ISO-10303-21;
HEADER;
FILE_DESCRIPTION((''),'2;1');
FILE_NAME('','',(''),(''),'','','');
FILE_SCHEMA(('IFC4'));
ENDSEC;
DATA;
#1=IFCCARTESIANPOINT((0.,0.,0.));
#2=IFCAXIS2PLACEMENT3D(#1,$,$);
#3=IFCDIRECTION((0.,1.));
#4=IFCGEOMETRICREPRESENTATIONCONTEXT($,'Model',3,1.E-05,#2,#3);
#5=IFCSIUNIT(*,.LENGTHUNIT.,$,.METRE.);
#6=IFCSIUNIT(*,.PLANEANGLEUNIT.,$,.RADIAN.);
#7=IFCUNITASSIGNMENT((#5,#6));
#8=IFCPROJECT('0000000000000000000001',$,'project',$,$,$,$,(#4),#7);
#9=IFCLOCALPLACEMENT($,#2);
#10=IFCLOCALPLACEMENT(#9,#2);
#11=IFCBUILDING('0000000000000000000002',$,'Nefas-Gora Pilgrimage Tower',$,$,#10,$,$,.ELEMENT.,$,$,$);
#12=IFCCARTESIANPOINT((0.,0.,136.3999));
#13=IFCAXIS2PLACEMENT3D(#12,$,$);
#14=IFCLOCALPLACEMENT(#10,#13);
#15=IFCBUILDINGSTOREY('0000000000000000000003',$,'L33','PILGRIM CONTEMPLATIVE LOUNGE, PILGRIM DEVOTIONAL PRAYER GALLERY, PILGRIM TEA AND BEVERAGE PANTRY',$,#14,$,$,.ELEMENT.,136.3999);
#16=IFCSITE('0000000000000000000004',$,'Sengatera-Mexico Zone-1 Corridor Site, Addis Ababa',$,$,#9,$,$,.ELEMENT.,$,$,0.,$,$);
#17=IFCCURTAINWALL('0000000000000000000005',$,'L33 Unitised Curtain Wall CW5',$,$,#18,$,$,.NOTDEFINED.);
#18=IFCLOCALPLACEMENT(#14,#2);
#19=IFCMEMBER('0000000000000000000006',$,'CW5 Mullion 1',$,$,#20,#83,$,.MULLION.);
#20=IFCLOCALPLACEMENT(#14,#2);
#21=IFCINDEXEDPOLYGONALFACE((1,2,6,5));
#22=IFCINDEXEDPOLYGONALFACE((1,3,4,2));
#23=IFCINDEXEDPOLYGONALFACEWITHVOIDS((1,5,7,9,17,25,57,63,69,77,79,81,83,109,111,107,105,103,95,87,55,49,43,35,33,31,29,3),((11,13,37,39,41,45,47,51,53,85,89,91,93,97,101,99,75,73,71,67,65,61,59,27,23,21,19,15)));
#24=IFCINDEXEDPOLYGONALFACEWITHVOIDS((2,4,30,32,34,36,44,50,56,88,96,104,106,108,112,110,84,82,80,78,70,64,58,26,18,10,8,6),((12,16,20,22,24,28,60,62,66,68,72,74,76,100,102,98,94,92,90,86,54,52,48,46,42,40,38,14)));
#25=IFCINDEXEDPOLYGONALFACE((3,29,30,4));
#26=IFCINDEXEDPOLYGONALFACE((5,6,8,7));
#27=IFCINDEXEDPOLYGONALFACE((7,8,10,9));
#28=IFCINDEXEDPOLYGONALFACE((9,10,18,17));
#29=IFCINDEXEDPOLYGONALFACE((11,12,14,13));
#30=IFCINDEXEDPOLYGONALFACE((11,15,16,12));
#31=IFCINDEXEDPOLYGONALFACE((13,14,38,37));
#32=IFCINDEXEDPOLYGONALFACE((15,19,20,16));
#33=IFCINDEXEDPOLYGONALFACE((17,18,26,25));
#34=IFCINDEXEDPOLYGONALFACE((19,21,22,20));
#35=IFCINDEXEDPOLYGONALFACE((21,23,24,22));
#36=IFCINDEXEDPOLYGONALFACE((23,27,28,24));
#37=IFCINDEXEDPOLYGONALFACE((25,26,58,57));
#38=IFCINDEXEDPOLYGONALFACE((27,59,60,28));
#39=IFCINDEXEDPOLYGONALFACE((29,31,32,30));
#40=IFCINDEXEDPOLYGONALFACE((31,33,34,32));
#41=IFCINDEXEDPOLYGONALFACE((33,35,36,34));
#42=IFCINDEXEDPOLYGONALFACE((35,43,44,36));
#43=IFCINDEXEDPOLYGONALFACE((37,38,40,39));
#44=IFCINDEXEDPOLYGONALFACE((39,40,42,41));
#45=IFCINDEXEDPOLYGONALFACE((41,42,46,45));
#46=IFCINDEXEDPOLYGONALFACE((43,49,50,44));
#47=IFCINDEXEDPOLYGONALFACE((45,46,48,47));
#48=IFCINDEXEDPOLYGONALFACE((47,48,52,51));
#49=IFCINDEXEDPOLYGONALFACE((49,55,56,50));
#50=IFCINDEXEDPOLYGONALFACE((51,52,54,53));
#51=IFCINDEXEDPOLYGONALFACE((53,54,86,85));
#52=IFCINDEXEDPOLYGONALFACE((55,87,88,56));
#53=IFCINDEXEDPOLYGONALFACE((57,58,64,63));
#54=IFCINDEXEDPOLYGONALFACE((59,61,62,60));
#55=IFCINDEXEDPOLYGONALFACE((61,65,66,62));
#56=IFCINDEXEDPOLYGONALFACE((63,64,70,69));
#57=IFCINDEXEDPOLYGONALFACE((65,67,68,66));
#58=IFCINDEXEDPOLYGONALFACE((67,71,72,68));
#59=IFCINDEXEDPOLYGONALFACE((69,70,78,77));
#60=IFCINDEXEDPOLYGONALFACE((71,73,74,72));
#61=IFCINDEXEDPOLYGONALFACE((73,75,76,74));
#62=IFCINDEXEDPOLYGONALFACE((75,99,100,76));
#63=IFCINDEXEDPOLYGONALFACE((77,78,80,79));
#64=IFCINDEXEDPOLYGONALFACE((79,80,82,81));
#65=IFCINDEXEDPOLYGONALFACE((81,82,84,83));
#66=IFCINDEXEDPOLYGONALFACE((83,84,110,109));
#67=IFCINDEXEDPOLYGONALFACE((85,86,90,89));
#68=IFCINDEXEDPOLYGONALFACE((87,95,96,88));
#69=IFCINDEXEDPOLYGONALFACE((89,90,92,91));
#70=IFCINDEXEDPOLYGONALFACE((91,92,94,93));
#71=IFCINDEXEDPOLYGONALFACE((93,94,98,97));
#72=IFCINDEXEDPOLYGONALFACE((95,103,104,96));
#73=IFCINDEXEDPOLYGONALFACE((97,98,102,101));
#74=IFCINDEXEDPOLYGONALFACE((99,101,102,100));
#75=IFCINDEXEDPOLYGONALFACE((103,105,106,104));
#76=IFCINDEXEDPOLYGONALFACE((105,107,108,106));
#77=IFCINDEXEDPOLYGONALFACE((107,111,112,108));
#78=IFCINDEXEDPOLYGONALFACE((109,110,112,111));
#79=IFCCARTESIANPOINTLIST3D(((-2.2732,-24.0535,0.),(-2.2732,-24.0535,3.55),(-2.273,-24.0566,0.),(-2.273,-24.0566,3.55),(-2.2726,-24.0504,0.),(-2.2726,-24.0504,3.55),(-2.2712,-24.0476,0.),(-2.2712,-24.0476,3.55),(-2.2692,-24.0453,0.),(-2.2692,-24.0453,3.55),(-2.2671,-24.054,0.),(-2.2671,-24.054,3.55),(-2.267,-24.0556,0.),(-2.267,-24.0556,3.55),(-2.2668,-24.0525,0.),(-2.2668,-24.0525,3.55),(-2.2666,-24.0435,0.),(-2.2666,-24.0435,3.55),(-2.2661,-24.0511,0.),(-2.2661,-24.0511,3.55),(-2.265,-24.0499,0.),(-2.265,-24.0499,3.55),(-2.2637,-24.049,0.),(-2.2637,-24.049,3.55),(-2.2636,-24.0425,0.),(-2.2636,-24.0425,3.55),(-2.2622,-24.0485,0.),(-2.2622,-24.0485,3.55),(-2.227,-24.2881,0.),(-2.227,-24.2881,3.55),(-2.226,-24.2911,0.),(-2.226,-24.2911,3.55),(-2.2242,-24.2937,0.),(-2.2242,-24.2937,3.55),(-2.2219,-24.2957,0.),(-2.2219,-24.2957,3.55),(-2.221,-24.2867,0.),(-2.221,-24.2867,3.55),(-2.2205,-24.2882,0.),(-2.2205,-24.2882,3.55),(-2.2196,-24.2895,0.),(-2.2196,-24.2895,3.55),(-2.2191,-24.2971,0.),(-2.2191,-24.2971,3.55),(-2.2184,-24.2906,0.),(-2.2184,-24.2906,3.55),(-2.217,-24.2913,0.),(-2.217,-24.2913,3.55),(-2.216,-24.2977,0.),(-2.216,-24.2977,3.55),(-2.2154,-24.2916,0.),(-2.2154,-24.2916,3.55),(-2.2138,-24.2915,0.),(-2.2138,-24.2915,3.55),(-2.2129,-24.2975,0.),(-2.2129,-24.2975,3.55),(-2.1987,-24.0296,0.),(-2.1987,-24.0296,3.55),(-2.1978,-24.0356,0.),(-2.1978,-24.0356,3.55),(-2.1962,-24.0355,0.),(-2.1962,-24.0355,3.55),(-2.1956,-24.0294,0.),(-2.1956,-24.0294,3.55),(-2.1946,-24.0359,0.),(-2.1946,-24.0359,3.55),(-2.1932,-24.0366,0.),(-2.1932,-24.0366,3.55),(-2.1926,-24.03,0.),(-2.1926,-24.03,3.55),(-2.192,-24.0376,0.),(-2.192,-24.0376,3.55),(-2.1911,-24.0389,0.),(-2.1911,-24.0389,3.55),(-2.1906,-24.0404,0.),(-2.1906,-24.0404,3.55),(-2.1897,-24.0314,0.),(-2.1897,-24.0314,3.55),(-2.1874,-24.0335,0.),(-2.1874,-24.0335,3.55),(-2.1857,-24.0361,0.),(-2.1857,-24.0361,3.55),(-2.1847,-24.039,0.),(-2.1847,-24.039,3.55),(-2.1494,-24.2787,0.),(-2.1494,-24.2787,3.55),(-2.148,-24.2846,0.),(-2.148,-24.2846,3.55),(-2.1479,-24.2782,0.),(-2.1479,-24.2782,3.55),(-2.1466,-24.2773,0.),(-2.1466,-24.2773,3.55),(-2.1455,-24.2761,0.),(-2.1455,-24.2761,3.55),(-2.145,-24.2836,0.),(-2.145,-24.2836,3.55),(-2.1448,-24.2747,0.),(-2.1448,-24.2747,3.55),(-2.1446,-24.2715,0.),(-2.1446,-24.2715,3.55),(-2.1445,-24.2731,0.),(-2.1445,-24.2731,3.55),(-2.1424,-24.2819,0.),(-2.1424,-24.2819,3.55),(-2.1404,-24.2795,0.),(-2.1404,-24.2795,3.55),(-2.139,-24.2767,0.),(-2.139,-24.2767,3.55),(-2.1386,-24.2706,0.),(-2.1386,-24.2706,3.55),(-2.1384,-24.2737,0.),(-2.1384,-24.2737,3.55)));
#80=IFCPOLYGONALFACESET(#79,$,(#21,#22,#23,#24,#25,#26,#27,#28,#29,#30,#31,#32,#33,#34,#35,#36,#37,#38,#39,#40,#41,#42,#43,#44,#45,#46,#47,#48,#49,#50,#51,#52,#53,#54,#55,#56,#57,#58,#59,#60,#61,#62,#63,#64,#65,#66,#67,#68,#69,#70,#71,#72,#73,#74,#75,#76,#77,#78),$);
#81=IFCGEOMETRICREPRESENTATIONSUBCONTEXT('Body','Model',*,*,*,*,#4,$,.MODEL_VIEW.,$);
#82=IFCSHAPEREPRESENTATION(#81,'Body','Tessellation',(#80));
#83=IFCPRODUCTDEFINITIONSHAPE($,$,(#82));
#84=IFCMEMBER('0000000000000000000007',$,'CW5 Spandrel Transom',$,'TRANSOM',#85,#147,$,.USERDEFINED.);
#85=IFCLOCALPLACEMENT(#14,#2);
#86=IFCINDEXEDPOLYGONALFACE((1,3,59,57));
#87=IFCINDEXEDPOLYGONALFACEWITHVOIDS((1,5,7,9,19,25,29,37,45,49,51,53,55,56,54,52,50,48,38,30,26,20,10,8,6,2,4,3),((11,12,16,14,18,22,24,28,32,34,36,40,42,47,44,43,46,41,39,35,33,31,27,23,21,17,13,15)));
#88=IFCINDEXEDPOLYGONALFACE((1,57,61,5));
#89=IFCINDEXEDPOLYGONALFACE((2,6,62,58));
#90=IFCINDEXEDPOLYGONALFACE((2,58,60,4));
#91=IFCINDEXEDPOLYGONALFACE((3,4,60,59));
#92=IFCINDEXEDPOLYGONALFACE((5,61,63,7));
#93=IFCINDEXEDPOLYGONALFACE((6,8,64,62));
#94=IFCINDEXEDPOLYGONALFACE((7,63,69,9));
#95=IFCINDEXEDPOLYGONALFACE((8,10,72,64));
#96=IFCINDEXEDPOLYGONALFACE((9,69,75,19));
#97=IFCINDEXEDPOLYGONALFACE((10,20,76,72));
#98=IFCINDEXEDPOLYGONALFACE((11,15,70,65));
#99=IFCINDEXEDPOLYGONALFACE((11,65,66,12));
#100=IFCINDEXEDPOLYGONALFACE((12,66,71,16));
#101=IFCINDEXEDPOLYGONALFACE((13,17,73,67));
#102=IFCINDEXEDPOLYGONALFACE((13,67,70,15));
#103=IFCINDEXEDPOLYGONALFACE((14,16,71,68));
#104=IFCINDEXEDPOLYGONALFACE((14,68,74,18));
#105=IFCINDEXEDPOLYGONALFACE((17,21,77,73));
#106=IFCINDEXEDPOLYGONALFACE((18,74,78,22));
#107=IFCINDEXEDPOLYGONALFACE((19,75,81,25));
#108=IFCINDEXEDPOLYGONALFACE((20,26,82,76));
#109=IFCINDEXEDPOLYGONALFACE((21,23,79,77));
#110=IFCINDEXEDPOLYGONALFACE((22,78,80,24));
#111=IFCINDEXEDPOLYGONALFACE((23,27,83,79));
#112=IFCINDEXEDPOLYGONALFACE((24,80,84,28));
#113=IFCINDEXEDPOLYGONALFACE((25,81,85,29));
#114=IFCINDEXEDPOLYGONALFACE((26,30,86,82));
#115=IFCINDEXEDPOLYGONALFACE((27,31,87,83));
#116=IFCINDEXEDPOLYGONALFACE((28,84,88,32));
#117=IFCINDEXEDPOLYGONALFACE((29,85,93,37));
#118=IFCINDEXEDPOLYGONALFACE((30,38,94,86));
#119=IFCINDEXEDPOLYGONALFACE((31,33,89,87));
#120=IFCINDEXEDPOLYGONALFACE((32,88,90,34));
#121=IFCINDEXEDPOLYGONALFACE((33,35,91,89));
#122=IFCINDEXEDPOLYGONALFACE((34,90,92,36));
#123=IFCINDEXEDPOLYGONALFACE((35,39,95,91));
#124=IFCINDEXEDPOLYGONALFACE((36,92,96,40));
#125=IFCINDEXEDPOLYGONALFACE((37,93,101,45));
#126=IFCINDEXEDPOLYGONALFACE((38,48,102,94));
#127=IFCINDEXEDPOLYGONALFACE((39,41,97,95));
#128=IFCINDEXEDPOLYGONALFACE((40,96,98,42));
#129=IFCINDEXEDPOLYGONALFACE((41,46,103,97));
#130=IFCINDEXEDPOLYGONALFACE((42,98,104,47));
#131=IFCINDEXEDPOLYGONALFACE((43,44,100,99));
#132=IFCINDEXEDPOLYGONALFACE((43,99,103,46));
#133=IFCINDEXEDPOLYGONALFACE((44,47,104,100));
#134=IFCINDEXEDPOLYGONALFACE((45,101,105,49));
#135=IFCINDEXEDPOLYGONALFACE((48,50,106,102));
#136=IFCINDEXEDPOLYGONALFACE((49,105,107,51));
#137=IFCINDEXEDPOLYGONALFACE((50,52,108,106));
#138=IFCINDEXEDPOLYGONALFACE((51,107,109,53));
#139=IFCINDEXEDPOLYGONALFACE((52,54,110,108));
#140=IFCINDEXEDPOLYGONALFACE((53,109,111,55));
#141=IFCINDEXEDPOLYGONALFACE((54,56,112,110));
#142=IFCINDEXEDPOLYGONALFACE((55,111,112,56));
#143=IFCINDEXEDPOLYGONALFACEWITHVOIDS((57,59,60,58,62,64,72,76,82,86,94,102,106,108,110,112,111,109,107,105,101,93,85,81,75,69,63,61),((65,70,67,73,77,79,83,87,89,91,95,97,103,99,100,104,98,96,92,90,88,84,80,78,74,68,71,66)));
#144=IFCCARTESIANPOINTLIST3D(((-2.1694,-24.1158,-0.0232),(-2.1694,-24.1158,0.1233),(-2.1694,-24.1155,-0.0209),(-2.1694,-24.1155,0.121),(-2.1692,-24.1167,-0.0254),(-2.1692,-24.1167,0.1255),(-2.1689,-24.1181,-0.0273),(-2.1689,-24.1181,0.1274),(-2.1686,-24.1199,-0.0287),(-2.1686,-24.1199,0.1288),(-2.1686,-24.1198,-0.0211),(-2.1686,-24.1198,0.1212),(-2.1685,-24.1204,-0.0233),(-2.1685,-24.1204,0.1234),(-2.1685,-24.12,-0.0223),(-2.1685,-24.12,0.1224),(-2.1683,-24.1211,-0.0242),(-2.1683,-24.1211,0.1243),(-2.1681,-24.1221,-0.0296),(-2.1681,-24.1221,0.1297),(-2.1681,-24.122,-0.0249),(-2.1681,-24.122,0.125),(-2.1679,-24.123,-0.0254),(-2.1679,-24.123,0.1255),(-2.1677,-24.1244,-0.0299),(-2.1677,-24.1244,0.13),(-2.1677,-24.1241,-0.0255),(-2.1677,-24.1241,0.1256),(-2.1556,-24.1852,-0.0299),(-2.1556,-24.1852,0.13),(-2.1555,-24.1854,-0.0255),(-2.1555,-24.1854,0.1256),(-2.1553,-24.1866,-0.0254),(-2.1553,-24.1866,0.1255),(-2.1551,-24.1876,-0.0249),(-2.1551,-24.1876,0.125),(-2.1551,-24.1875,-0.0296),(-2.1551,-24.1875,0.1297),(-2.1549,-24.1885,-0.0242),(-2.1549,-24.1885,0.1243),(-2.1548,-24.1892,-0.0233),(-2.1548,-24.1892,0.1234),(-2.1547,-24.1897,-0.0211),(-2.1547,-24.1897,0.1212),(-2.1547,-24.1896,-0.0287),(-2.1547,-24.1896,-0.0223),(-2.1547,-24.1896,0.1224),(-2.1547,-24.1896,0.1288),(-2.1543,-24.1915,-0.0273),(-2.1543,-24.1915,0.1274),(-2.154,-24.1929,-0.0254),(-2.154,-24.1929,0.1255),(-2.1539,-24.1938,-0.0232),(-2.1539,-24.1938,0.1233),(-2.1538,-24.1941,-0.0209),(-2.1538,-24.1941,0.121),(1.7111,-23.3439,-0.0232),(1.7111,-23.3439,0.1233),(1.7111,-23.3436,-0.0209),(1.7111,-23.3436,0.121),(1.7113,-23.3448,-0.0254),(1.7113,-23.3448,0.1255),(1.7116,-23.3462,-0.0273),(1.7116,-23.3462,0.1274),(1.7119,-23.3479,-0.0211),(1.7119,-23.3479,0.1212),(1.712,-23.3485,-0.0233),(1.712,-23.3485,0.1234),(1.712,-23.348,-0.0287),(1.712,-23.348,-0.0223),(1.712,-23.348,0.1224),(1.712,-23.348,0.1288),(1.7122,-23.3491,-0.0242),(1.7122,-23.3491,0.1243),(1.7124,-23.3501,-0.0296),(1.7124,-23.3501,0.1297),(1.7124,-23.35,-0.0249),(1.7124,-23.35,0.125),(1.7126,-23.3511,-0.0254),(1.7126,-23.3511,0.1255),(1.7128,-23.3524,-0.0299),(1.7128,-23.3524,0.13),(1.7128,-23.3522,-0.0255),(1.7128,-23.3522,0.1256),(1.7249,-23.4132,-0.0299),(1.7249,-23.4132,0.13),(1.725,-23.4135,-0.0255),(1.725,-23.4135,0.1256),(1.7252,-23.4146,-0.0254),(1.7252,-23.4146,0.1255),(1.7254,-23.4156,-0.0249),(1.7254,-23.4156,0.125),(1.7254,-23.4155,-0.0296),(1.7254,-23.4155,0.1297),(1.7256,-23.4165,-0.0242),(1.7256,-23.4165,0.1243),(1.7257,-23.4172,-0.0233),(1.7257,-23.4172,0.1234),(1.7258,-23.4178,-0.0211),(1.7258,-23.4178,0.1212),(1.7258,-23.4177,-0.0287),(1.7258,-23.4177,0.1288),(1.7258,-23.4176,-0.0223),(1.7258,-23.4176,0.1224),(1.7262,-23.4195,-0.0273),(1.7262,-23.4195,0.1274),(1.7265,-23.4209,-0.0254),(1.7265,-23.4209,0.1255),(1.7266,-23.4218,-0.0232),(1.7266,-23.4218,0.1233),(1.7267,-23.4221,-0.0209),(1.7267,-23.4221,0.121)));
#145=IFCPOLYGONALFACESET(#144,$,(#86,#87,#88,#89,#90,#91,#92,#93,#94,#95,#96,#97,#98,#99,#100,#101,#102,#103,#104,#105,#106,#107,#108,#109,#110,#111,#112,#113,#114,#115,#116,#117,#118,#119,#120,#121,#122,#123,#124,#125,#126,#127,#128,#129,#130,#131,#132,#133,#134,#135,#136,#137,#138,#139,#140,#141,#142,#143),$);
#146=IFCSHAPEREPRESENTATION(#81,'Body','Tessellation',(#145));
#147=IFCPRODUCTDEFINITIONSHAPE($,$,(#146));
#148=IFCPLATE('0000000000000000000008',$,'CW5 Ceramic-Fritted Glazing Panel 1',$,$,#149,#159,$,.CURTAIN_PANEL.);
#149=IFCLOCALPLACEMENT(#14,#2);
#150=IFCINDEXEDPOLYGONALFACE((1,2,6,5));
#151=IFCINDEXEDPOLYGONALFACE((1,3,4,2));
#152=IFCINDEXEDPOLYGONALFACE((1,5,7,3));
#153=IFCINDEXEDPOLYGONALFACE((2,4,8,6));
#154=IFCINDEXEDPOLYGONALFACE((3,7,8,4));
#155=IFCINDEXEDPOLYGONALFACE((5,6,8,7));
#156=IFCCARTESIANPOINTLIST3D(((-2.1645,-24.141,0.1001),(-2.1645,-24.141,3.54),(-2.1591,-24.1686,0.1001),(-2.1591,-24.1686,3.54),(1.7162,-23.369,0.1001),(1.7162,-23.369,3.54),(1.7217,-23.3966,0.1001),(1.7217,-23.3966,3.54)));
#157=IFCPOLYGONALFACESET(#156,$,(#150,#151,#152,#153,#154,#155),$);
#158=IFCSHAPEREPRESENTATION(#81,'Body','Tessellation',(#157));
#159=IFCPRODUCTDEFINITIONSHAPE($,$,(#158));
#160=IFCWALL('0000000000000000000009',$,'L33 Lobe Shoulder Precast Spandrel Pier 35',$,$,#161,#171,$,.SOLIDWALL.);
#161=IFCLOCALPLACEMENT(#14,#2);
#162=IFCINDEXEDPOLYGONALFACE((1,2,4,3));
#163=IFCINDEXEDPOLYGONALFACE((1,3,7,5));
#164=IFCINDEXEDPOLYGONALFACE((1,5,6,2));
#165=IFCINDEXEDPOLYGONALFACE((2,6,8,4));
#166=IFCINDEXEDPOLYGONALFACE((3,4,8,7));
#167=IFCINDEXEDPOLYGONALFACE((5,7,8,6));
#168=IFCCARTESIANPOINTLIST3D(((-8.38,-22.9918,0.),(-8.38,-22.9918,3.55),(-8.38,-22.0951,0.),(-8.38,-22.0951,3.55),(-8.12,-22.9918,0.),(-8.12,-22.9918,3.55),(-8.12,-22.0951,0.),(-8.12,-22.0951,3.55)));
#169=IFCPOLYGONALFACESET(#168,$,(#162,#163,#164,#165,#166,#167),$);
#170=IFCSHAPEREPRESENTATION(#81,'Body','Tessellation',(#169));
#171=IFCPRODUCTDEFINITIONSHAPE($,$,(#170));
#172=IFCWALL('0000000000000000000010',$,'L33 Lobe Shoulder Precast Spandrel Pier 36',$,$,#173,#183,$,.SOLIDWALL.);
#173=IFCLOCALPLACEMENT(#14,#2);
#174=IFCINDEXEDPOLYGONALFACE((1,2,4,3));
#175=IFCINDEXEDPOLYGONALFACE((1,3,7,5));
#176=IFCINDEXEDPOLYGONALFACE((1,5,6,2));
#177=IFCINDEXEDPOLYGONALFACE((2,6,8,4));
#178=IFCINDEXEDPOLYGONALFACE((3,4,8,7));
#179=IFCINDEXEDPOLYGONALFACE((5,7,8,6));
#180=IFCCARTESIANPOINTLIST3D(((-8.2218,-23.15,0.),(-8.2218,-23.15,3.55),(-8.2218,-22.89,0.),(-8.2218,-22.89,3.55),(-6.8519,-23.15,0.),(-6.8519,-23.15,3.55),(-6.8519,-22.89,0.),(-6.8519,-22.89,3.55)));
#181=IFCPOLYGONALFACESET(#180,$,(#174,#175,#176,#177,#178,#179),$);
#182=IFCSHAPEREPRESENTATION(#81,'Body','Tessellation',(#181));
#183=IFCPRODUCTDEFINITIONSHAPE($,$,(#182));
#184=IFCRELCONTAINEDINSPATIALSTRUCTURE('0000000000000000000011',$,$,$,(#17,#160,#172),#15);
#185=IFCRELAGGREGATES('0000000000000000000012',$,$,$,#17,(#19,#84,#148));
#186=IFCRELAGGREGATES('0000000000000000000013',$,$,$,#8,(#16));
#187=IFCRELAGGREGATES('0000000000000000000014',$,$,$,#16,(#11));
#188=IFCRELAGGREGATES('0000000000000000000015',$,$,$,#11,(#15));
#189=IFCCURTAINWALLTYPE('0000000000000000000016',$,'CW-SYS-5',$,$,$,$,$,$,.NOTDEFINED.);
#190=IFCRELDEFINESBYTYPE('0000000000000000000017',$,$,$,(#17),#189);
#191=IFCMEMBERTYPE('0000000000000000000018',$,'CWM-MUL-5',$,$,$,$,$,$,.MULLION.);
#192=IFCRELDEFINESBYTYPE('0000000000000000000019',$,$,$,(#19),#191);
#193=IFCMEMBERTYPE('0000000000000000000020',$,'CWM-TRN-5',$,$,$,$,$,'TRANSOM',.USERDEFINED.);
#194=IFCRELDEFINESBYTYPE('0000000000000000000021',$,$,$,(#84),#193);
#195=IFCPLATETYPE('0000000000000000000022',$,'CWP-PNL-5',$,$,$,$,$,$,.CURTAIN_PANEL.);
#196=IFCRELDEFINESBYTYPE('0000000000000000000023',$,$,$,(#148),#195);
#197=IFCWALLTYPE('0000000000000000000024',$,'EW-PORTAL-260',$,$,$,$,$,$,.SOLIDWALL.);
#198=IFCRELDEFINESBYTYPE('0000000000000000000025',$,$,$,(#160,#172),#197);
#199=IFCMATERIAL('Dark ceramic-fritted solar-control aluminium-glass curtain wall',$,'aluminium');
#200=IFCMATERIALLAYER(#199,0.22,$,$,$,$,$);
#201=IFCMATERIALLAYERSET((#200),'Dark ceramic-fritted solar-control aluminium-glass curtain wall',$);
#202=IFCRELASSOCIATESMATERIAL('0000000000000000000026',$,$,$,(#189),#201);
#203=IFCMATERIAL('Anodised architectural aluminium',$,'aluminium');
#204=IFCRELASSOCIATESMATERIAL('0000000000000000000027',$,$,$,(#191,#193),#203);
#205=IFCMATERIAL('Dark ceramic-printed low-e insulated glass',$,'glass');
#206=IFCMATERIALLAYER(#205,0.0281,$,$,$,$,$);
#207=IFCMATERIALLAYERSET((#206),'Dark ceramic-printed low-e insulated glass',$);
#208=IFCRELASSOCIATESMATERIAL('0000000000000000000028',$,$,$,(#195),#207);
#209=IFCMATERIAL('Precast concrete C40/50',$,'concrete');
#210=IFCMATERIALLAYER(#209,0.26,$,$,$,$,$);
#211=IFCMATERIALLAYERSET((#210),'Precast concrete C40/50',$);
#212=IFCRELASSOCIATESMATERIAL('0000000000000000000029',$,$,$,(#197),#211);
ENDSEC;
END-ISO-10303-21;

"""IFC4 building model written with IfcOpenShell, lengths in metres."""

from ifc_helpers import new_model, si_unit, direction, frame, frame_2d, origin, origin_2d, place, context, subcontext, project, spatial, rectangle, hollow_rectangle, extrude, source, transform, mapped, material, layer, layer_set, material_profile, profile_set, type_object, element, aggregate, save


model = new_model("IFC4")

# Units and contexts
model_context = context("Model", 3, precision=1e-05, world=origin(), true_north=direction((0.0, 1.0)))
body_context = subcontext(model_context, "Body", "Model", "MODEL_VIEW")
ifc_project = project(units=[si_unit("LENGTHUNIT", "METRE"), si_unit("PLANEANGLEUNIT", "RADIAN")], contexts=[model_context])

# Site, building, storey
site_placement = place(None, origin())
site = spatial("IfcSite", under=ifc_project, at=site_placement, Name="Sengatera-Mexico Zone-1 Corridor Site, Addis Ababa", CompositionType="ELEMENT", RefElevation=0.0)
building_placement = place(site_placement, origin())
building = spatial("IfcBuilding", under=site, at=building_placement, Name="Nefas-Gora Pilgrimage Tower", CompositionType="ELEMENT")
storey_placement = place(building_placement, frame((0.0, 0.0, 136.3999)))
storey = spatial("IfcBuildingStorey", under=building, at=storey_placement, Name="L33", Description="PILGRIM CONTEMPLATIVE LOUNGE, PILGRIM DEVOTIONAL PRAYER GALLERY, PILGRIM TEA AND BEVERAGE PANTRY", CompositionType="ELEMENT", Elevation=136.3999)

# Curtain wall, members, plate
ifc_material_1 = material(Name="Dark ceramic-fritted solar-control aluminium-glass curtain wall", Category="aluminium")
ifc_layer_1 = layer(ifc_material_1, 0.22)
ifc_layer_set_1 = layer_set([ifc_layer_1], Name="Dark ceramic-fritted solar-control aluminium-glass curtain wall")
curtain_wall_type = type_object("IfcCurtainWallType", Name="CW-SYS-5", PredefinedType="NOTDEFINED", material=ifc_layer_set_1)
curtain_wall_placement = place(storey_placement, origin())
curtain_wall = element("IfcCurtainWall", 1, at=curtain_wall_placement, inside=storey, type_object=curtain_wall_type, Name="L33 Unitised Curtain Wall CW5", PredefinedType="NOTDEFINED")
ifc_material_2 = material(Name="Anodised architectural aluminium", Category="aluminium")
ifc_material_profile_1 = material_profile(ifc_material_2, hollow_rectangle(XDim=0.0901, YDim=0.26, WallThickness=0.0061, InnerFilletRadius=0.0061, OuterFilletRadius=0.012, at=origin_2d()), Name="ALU MULLION 90x260")
ifc_profile_set_1 = profile_set([ifc_material_profile_1], Name="Anodised architectural aluminium")
member_type_1 = type_object("IfcMemberType", Name="CWM-MUL-5", PredefinedType="MULLION", material=ifc_profile_set_1)
shared_shape_1 = source(origin(), body_context, "Body", "SweptSolid", [
    extrude(hollow_rectangle(XDim=0.0901, YDim=0.26, WallThickness=0.0061, InnerFilletRadius=0.0061, OuterFilletRadius=0.012, at=origin_2d()), origin(), (0.0, 0.0, 1.0), 3.55),
])
member_1_placement = place(storey_placement, frame((-2.2058, -24.1636, 0.0), z_axis=(0.0, 0.0, 1.0), x_axis=(0.980783, 0.195102, 0.0)))
member_1 = element("IfcMember", 2, at=member_1_placement, type_object=member_type_1, Name="CW5 Mullion 1", PredefinedType="MULLION", context=body_context, shape_type="MappedRepresentation", body=[
    mapped(shared_shape_1, transform((0.0, 0.0, 0.0), x_axis=(1.0, 0.0, 0.0), y_axis=(0.0, 1.0, 0.0), z_axis=(0.0, 0.0, 1.0), scale=1.0)),
])
ifc_material_profile_2 = material_profile(ifc_material_2, hollow_rectangle(XDim=0.0801, YDim=0.1599, WallThickness=0.0044, InnerFilletRadius=0.0044, OuterFilletRadius=0.009, at=origin_2d()), Name="ALU TRANSOM 80x160")
ifc_profile_set_2 = profile_set([ifc_material_profile_2], Name="Anodised architectural aluminium")
member_type_2 = type_object("IfcMemberType", Name="CWM-TRN-5", ElementType="TRANSOM", PredefinedType="USERDEFINED", material=ifc_profile_set_2)
shared_shape_2 = source(origin(), body_context, "Body", "SweptSolid", [
    extrude(hollow_rectangle(XDim=0.0801, YDim=0.1599, WallThickness=0.0044, InnerFilletRadius=0.0044, OuterFilletRadius=0.009, at=origin_2d()), origin(), (0.0, 0.0, 1.0), 3.9565),
])
member_2_placement = place(storey_placement, frame((-2.1616, -24.1548, 0.05), z_axis=(0.980782, 0.195107, 0.0), x_axis=(-0.195107, 0.980782, 0.0)))
member_2 = element("IfcMember", 3, at=member_2_placement, type_object=member_type_2, Name="CW5 Spandrel Transom", ObjectType="TRANSOM", PredefinedType="USERDEFINED", context=body_context, shape_type="MappedRepresentation", body=[
    mapped(shared_shape_2, transform((0.0, 0.0, 0.0), x_axis=(1.0, 0.0, 0.0), y_axis=(0.0, 1.0, 0.0), z_axis=(0.0, 0.0, 1.0), scale=1.0)),
])
ifc_material_3 = material(Name="Dark ceramic-printed low-e insulated glass", Category="glass")
ifc_layer_2 = layer(ifc_material_3, 0.0281)
ifc_layer_set_2 = layer_set([ifc_layer_2], Name="Dark ceramic-printed low-e insulated glass")
plate_type = type_object("IfcPlateType", Name="CWP-PNL-5", PredefinedType="CURTAIN_PANEL", material=ifc_layer_set_2)
shared_shape_3 = source(origin(), body_context, "Body", "SweptSolid", [
    extrude(rectangle(XDim=3.9568, YDim=0.0281, at=origin_2d()), origin(), (0.0, 0.0, 1.0), 3.4399),
])
plate_placement = place(storey_placement, frame((-0.2214, -23.7688, 0.1001), z_axis=(0.0, 0.0, 1.0), x_axis=(0.980783, 0.195102, 0.0)))
plate = element("IfcPlate", 4, at=plate_placement, type_object=plate_type, Name="CW5 Ceramic-Fritted Glazing Panel 1", PredefinedType="CURTAIN_PANEL", context=body_context, shape_type="MappedRepresentation", body=[
    mapped(shared_shape_3, transform((0.0, 0.0, 0.0), x_axis=(1.0, 0.0, 0.0), y_axis=(0.0, 1.0, 0.0), z_axis=(0.0, 0.0, 1.0), scale=1.0)),
])
aggregate(curtain_wall, [member_1, member_2, plate])

# Walls
ifc_material_4 = material(Name="Precast concrete C40/50", Category="concrete")
ifc_layer_3 = layer(ifc_material_4, 0.26)
ifc_layer_set_3 = layer_set([ifc_layer_3], Name="Precast concrete C40/50")
wall_type_1 = type_object("IfcWallType", Name="EW-PORTAL-260", PredefinedType="SOLIDWALL", material=ifc_layer_set_3)
shared_shape_4 = source(origin(), body_context, "Body", "SweptSolid", [
    extrude(rectangle(XDim=0.8967, YDim=0.26, at=frame_2d((0.4482, 0.0))), origin(), (0.0, 0.0, 1.0), 3.55),
])
wall_1_placement = place(storey_placement, frame((-8.25, -22.0952, 0.0), z_axis=(0.0, 0.0, 1.0), x_axis=(0.0, -1.0, 0.0)))
element("IfcWall", 5, at=wall_1_placement, inside=storey, type_object=wall_type_1, Name="L33 Lobe Shoulder Precast Spandrel Pier 35", PredefinedType="SOLIDWALL", context=body_context, shape_type="MappedRepresentation", body=[
    mapped(shared_shape_4, transform((0.0, 0.0, 0.0), x_axis=(1.0, 0.0, 0.0), y_axis=(0.0, 1.0, 0.0), z_axis=(0.0, 0.0, 1.0), scale=1.0)),
])
shared_shape_5 = source(origin(), body_context, "Body", "SweptSolid", [
    extrude(rectangle(XDim=1.3699, YDim=0.26, at=frame_2d((0.6851, 0.0))), origin(), (0.0, 0.0, 1.0), 3.55),
])
wall_2_placement = place(storey_placement, frame((-8.2219, -23.02, 0.0), z_axis=(0.0, 0.0, 1.0), x_axis=(1.0, 0.0, 0.0)))
element("IfcWall", 6, at=wall_2_placement, inside=storey, type_object=wall_type_1, Name="L33 Lobe Shoulder Precast Spandrel Pier 36", PredefinedType="SOLIDWALL", context=body_context, shape_type="MappedRepresentation", body=[
    mapped(shared_shape_5, transform((0.0, 0.0, 0.0), x_axis=(1.0, 0.0, 0.0), y_axis=(0.0, 1.0, 0.0), z_axis=(0.0, 0.0, 1.0), scale=1.0)),
])

save(model, "model.ifc")
